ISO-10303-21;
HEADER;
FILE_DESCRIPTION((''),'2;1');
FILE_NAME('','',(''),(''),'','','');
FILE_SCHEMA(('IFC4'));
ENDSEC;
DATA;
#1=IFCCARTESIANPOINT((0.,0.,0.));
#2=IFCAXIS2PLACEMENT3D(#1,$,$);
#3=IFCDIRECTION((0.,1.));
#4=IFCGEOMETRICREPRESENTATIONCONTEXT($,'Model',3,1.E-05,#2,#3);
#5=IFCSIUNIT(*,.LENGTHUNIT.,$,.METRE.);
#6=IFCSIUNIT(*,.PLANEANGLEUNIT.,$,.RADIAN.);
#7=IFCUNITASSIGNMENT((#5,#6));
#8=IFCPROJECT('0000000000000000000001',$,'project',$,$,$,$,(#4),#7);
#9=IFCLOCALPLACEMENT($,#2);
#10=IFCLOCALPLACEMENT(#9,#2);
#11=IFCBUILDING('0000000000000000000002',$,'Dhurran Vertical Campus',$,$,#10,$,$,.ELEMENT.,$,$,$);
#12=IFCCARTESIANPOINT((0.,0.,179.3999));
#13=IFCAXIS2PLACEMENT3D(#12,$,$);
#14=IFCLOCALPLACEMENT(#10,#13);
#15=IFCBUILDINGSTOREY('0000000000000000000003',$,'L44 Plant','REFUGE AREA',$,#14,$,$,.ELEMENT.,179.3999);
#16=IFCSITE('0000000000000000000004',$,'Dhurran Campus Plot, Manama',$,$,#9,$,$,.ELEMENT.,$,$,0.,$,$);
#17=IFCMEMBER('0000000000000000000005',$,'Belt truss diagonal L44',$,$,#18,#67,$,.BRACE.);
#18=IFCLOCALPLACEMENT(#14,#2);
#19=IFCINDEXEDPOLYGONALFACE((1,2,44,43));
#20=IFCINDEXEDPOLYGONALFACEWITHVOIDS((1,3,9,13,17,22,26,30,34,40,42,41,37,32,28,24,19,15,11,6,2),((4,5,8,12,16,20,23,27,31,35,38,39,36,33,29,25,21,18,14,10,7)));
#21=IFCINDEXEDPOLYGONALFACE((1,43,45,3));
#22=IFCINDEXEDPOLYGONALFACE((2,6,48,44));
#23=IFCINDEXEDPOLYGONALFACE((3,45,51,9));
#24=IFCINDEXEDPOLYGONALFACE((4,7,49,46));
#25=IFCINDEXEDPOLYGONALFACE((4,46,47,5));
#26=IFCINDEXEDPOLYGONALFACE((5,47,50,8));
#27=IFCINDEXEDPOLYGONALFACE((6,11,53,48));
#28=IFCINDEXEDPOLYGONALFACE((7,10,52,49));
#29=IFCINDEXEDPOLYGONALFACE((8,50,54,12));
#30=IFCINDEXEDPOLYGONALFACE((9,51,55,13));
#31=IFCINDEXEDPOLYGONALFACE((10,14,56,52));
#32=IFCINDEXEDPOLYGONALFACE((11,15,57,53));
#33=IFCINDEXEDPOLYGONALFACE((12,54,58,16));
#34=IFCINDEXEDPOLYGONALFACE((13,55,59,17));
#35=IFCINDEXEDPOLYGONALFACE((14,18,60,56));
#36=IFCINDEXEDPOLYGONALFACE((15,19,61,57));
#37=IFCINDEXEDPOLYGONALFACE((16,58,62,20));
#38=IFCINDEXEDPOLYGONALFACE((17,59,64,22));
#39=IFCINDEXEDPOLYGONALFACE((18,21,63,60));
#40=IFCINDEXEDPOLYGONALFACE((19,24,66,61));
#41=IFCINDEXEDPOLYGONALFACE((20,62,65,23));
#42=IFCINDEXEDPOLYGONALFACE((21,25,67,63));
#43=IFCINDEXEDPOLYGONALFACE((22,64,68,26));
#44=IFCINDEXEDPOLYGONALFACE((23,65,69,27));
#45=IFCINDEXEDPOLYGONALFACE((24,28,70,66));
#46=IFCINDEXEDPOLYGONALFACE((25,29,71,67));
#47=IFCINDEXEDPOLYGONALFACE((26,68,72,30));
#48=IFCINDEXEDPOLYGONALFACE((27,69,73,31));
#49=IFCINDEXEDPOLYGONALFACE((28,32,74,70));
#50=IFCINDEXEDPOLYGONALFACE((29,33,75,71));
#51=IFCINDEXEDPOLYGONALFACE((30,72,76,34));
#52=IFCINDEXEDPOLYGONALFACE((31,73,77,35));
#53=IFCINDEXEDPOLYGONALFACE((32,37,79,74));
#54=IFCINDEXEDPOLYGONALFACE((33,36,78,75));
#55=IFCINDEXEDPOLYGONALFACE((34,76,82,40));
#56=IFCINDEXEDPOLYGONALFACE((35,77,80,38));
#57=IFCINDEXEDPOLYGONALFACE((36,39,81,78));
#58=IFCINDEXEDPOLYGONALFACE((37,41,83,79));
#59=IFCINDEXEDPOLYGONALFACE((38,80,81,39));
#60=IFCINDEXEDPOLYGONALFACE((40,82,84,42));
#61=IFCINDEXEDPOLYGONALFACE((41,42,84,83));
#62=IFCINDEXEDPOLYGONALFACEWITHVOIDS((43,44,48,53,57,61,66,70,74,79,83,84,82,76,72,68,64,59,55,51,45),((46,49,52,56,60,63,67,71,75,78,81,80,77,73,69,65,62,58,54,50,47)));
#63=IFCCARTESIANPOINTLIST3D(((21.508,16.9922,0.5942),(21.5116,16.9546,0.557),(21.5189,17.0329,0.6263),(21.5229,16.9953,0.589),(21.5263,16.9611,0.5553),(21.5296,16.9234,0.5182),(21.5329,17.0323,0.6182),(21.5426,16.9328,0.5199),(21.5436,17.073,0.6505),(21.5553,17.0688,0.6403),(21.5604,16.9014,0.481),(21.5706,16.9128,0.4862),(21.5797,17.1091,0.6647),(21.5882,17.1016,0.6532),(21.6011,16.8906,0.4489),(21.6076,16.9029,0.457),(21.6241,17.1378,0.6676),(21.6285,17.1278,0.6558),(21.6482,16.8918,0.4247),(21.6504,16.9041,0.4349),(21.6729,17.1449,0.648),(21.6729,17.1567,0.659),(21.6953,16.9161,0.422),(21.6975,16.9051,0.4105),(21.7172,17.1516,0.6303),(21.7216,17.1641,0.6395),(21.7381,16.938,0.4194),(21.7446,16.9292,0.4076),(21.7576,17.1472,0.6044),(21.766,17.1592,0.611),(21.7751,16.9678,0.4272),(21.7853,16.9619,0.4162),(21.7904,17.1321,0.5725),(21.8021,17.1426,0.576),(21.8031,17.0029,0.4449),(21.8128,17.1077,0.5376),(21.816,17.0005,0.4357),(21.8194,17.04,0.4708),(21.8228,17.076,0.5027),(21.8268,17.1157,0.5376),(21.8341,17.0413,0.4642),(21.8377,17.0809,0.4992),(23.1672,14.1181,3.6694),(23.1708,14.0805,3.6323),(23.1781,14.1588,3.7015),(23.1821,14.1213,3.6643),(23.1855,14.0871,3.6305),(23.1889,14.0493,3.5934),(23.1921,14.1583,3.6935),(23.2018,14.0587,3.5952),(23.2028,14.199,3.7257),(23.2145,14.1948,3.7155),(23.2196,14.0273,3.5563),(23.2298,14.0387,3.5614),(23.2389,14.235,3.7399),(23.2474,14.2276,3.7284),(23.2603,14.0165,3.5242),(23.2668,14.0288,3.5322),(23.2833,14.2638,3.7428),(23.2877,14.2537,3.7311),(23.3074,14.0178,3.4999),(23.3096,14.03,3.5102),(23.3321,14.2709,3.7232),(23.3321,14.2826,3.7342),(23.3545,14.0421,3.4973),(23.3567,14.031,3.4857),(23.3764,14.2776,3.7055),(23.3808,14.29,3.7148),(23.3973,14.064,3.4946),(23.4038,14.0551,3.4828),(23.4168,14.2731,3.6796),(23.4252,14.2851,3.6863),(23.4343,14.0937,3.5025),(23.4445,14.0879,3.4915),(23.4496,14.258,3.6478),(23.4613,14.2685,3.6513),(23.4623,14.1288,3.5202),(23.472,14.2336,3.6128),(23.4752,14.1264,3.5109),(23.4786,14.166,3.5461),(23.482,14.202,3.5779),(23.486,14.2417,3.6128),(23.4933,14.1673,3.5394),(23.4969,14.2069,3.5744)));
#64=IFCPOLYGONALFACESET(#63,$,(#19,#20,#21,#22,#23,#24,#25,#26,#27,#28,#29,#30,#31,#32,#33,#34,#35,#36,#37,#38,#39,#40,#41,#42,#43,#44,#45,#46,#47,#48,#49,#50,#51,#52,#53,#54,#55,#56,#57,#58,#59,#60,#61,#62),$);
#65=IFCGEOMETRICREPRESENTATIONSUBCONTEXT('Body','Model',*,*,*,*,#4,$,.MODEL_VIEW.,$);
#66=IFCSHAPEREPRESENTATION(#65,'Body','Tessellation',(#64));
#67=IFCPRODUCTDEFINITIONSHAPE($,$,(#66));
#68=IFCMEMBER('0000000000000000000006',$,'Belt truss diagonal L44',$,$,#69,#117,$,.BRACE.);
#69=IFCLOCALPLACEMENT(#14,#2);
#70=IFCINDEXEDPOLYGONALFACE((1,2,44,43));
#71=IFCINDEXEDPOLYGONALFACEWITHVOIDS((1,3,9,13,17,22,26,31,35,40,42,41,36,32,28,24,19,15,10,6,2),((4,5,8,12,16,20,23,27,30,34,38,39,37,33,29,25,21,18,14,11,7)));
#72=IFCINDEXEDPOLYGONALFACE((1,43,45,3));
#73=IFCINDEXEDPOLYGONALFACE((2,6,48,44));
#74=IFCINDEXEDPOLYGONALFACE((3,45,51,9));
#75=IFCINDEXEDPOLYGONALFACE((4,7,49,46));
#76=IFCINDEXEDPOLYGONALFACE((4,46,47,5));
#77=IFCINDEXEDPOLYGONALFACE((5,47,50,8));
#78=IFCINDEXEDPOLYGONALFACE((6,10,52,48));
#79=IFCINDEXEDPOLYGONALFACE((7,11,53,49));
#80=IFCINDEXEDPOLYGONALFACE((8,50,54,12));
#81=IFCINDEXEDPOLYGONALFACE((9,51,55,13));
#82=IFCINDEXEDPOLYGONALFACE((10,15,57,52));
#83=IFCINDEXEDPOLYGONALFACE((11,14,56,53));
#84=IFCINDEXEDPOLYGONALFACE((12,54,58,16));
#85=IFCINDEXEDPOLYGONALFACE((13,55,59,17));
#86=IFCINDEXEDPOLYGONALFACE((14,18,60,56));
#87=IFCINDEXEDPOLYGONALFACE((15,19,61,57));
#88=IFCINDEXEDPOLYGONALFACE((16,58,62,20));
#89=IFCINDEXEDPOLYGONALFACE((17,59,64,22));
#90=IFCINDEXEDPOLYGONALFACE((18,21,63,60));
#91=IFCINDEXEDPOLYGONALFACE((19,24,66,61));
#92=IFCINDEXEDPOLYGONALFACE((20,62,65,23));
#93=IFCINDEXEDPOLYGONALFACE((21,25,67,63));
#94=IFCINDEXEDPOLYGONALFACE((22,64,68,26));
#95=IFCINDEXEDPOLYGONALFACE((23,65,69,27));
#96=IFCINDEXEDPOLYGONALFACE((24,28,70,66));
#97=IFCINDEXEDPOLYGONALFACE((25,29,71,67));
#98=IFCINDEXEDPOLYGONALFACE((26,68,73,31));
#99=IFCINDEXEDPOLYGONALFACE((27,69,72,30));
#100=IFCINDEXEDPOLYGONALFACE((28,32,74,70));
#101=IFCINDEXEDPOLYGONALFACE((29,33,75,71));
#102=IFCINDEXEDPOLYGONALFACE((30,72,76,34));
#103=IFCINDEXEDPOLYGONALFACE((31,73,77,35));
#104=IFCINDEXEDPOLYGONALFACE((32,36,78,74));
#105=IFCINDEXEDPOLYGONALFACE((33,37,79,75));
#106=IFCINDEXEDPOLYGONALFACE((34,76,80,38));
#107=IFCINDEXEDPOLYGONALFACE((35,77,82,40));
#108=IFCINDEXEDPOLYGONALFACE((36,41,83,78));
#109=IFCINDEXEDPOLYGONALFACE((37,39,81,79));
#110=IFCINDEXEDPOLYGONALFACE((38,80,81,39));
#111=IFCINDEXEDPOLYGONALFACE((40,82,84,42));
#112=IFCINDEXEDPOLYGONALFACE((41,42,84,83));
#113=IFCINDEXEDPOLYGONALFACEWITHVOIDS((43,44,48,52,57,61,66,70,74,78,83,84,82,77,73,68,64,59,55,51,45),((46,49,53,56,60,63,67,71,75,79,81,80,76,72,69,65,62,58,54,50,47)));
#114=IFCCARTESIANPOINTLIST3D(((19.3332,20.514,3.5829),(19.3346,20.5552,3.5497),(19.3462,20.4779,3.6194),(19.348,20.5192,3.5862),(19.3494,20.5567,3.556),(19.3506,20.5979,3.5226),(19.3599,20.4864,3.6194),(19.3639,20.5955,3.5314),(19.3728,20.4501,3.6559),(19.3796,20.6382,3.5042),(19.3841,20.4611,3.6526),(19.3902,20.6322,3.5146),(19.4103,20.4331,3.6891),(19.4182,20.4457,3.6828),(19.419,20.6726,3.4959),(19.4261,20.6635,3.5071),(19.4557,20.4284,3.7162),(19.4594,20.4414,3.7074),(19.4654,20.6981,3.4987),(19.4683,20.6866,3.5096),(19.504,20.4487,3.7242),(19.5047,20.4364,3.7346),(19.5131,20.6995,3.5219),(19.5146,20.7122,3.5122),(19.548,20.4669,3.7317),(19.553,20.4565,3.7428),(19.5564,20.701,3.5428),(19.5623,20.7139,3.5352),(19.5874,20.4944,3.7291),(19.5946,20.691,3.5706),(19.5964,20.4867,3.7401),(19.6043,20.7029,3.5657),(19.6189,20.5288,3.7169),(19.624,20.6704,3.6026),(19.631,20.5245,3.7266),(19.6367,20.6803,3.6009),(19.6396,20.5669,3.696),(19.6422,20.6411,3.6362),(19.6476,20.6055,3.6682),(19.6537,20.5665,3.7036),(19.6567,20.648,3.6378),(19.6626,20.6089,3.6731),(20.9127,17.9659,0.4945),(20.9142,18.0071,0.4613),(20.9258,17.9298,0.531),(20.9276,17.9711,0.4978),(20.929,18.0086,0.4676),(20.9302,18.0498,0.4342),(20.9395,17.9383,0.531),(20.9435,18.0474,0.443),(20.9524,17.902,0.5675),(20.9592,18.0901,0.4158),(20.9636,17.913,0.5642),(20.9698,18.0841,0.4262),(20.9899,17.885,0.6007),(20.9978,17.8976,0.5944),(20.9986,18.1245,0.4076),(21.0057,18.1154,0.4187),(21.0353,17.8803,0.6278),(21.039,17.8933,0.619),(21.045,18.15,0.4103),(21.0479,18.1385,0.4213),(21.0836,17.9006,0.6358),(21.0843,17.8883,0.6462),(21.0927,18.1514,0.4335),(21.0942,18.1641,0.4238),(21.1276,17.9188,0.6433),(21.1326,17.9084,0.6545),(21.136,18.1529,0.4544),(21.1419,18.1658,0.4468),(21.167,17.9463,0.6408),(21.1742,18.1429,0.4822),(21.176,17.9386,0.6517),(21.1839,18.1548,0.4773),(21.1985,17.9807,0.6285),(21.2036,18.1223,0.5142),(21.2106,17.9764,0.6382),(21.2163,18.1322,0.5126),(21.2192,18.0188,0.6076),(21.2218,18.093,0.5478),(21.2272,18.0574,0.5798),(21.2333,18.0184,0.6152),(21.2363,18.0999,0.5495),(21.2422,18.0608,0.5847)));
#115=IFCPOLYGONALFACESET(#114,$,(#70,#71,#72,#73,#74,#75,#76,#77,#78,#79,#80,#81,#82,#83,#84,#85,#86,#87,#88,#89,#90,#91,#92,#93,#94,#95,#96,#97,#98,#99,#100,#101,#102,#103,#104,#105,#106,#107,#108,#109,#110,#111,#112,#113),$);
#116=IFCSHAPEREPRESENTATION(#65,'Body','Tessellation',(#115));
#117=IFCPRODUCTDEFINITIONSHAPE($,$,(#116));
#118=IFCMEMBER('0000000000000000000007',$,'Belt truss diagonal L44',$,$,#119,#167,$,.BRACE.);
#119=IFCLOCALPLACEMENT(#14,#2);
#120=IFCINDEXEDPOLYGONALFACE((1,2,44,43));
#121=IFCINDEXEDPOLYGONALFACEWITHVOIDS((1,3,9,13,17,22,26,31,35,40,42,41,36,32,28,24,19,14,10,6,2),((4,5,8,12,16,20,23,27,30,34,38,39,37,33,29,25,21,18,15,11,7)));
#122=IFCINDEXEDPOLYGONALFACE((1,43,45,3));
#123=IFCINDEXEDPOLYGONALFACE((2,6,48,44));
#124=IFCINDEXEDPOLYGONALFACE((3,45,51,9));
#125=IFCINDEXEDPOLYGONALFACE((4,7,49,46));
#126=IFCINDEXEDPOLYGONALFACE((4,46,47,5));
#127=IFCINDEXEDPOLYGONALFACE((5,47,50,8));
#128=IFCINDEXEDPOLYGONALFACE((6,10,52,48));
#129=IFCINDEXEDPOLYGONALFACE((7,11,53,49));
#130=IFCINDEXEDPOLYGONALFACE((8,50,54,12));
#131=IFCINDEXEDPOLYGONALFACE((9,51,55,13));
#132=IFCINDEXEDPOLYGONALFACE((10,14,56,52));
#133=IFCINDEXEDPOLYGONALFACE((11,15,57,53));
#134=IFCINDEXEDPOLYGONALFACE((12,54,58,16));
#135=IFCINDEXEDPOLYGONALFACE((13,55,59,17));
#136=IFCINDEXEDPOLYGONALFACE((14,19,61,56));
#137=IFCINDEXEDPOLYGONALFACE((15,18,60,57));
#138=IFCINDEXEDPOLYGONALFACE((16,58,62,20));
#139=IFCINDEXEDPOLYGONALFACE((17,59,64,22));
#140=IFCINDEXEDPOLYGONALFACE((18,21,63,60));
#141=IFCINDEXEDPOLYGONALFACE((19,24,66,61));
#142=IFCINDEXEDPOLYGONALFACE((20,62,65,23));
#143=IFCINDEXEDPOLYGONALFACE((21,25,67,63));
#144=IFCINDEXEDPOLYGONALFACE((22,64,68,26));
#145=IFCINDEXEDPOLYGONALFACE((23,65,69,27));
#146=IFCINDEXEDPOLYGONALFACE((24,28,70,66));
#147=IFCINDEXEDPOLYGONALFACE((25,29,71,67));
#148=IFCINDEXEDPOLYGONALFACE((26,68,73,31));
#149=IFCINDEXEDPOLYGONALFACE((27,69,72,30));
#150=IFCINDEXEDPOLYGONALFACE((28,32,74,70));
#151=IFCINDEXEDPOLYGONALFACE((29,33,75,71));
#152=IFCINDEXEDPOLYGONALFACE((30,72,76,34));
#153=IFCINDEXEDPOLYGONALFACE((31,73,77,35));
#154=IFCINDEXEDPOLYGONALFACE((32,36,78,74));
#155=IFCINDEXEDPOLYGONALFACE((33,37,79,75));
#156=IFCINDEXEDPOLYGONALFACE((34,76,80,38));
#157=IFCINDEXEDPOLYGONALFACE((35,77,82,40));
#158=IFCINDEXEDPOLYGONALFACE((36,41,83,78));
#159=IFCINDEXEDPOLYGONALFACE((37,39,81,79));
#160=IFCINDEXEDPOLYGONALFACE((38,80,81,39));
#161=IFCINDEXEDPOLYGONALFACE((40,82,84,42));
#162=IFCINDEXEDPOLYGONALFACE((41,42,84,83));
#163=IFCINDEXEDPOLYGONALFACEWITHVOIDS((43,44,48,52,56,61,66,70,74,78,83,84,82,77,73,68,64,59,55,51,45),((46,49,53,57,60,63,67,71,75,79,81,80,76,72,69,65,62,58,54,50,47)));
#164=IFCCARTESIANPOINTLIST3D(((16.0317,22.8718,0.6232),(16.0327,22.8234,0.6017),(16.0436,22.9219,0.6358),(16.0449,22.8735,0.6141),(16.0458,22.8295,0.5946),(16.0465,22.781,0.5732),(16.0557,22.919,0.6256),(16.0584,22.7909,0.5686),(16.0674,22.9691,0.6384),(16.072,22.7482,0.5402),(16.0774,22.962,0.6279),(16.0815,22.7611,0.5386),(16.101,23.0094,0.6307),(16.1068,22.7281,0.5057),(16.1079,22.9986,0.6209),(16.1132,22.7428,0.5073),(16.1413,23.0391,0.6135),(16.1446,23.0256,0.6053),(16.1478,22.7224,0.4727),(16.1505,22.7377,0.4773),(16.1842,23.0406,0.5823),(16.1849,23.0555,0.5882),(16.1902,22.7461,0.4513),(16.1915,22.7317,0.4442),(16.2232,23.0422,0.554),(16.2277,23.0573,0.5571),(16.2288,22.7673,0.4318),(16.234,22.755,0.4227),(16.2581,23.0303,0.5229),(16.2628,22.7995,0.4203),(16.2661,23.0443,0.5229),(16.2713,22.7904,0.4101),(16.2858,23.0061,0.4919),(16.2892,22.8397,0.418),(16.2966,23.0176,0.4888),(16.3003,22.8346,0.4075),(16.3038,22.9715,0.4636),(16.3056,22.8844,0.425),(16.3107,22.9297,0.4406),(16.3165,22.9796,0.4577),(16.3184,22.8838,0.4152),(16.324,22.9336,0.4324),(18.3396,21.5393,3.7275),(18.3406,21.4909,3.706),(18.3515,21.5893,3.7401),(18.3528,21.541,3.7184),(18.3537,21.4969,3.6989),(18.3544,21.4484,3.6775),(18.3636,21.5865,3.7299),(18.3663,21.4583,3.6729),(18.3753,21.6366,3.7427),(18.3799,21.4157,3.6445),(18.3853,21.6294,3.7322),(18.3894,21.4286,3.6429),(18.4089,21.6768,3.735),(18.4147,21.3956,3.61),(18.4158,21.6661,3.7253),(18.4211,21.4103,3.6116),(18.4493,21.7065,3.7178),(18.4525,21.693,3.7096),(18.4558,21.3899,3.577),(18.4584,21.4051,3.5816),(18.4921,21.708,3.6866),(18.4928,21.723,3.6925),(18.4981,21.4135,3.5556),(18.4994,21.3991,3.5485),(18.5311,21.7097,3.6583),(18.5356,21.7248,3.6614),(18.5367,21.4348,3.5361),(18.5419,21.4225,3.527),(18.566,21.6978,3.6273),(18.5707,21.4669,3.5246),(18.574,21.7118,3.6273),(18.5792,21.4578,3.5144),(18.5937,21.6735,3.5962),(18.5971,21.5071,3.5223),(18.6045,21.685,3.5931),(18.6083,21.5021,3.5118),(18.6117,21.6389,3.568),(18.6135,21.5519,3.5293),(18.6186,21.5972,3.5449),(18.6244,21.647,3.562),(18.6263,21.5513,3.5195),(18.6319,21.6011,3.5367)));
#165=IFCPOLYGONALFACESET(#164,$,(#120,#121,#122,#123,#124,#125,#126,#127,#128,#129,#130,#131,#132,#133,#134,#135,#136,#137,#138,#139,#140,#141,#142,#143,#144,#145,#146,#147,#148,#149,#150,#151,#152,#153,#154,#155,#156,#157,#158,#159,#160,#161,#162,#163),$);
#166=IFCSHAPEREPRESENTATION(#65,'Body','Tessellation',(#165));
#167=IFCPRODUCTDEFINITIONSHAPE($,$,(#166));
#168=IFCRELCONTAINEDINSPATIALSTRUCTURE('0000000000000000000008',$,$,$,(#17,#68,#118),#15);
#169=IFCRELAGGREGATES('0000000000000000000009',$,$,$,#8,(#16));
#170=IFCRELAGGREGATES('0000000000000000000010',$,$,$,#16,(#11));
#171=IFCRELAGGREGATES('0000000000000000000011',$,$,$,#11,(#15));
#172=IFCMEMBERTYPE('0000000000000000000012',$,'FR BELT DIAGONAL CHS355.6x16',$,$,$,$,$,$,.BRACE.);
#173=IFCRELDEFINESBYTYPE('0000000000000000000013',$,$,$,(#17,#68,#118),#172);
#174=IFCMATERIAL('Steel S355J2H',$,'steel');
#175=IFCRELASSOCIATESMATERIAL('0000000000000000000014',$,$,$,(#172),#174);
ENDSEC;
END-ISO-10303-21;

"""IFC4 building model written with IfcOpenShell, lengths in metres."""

from ifc_helpers import new_model, si_unit, direction, frame, origin, origin_2d, place, context, subcontext, project, spatial, hollow_circle, extrude, material, material_profile, profile_set, type_object, element, save


model = new_model("IFC4")

# Units and contexts
model_context = context("Model", 3, precision=1e-05, world=origin(), true_north=direction((0.0, 1.0)))
body_context = subcontext(model_context, "Body", "Model", "MODEL_VIEW")
ifc_project = project(units=[si_unit("LENGTHUNIT", "METRE"), si_unit("PLANEANGLEUNIT", "RADIAN")], contexts=[model_context])

# Site, building, storey
site_placement = place(None, origin())
site = spatial("IfcSite", under=ifc_project, at=site_placement, Name="Dhurran Campus Plot, Manama", CompositionType="ELEMENT", RefElevation=0.0)
building_placement = place(site_placement, origin())
building = spatial("IfcBuilding", under=site, at=building_placement, Name="Dhurran Vertical Campus", CompositionType="ELEMENT")
storey_placement = place(building_placement, frame((0.0, 0.0, 179.3999)))
storey = spatial("IfcBuildingStorey", under=building, at=storey_placement, Name="L44 Plant", Description="REFUGE AREA", CompositionType="ELEMENT", Elevation=179.3999)

# Members
ifc_material_1 = material(Name="Steel S355J2H", Category="steel")
ifc_material_profile_1 = material_profile(ifc_material_1, hollow_circle(Radius=0.1777, WallThickness=0.0161, at=origin_2d()), Name="CHS355.6x16")
ifc_profile_set_1 = profile_set([ifc_material_profile_1], Name="Steel S355J2H")
member_type = type_object("IfcMemberType", Name="FR BELT DIAGONAL CHS355.6x16", PredefinedType="BRACE", material=ifc_profile_set_1)
member_1_placement = place(storey_placement, frame((21.6729, 17.0269, 0.5376), z_axis=(0.366722, -0.635235, 0.679699), x_axis=(0.866043, 0.499969, 0.0)))
element("IfcMember", 1, at=member_1_placement, inside=storey, type_object=member_type, Name="Belt truss diagonal L44", PredefinedType="BRACE", context=body_context, shape_type="SweptSolid", body=[
    extrude(hollow_circle(Radius=0.1777, WallThickness=0.0161, at=origin_2d()), origin(), (0.0, 0.0, 1.0), 4.5244),
])
member_2_placement = place(storey_placement, frame((21.0769, 18.0234, 0.531), z_axis=(-0.36699, 0.592005, 0.71753), x_axis=(-0.849937, -0.526884, 0.0)))
element("IfcMember", 2, at=member_2_placement, inside=storey, type_object=member_type, Name="Belt truss diagonal L44", PredefinedType="BRACE", context=body_context, shape_type="SweptSolid", body=[
    extrude(hollow_circle(Radius=0.1777, WallThickness=0.0161, at=origin_2d()), origin(), (0.0, 0.0, 1.0), 4.3042),
])
member_3_placement = place(storey_placement, frame((16.1772, 22.8904, 0.5229), z_axis=(0.564099, -0.325701, 0.758756), x_axis=(0.500021, 0.866013, 0.0)))
element("IfcMember", 3, at=member_3_placement, inside=storey, type_object=member_type, Name="Belt truss diagonal L44", PredefinedType="BRACE", context=body_context, shape_type="SweptSolid", body=[
    extrude(hollow_circle(Radius=0.1777, WallThickness=0.0161, at=origin_2d()), origin(), (0.0, 0.0, 1.0), 4.0913),
])

save(model, "model.ifc")
